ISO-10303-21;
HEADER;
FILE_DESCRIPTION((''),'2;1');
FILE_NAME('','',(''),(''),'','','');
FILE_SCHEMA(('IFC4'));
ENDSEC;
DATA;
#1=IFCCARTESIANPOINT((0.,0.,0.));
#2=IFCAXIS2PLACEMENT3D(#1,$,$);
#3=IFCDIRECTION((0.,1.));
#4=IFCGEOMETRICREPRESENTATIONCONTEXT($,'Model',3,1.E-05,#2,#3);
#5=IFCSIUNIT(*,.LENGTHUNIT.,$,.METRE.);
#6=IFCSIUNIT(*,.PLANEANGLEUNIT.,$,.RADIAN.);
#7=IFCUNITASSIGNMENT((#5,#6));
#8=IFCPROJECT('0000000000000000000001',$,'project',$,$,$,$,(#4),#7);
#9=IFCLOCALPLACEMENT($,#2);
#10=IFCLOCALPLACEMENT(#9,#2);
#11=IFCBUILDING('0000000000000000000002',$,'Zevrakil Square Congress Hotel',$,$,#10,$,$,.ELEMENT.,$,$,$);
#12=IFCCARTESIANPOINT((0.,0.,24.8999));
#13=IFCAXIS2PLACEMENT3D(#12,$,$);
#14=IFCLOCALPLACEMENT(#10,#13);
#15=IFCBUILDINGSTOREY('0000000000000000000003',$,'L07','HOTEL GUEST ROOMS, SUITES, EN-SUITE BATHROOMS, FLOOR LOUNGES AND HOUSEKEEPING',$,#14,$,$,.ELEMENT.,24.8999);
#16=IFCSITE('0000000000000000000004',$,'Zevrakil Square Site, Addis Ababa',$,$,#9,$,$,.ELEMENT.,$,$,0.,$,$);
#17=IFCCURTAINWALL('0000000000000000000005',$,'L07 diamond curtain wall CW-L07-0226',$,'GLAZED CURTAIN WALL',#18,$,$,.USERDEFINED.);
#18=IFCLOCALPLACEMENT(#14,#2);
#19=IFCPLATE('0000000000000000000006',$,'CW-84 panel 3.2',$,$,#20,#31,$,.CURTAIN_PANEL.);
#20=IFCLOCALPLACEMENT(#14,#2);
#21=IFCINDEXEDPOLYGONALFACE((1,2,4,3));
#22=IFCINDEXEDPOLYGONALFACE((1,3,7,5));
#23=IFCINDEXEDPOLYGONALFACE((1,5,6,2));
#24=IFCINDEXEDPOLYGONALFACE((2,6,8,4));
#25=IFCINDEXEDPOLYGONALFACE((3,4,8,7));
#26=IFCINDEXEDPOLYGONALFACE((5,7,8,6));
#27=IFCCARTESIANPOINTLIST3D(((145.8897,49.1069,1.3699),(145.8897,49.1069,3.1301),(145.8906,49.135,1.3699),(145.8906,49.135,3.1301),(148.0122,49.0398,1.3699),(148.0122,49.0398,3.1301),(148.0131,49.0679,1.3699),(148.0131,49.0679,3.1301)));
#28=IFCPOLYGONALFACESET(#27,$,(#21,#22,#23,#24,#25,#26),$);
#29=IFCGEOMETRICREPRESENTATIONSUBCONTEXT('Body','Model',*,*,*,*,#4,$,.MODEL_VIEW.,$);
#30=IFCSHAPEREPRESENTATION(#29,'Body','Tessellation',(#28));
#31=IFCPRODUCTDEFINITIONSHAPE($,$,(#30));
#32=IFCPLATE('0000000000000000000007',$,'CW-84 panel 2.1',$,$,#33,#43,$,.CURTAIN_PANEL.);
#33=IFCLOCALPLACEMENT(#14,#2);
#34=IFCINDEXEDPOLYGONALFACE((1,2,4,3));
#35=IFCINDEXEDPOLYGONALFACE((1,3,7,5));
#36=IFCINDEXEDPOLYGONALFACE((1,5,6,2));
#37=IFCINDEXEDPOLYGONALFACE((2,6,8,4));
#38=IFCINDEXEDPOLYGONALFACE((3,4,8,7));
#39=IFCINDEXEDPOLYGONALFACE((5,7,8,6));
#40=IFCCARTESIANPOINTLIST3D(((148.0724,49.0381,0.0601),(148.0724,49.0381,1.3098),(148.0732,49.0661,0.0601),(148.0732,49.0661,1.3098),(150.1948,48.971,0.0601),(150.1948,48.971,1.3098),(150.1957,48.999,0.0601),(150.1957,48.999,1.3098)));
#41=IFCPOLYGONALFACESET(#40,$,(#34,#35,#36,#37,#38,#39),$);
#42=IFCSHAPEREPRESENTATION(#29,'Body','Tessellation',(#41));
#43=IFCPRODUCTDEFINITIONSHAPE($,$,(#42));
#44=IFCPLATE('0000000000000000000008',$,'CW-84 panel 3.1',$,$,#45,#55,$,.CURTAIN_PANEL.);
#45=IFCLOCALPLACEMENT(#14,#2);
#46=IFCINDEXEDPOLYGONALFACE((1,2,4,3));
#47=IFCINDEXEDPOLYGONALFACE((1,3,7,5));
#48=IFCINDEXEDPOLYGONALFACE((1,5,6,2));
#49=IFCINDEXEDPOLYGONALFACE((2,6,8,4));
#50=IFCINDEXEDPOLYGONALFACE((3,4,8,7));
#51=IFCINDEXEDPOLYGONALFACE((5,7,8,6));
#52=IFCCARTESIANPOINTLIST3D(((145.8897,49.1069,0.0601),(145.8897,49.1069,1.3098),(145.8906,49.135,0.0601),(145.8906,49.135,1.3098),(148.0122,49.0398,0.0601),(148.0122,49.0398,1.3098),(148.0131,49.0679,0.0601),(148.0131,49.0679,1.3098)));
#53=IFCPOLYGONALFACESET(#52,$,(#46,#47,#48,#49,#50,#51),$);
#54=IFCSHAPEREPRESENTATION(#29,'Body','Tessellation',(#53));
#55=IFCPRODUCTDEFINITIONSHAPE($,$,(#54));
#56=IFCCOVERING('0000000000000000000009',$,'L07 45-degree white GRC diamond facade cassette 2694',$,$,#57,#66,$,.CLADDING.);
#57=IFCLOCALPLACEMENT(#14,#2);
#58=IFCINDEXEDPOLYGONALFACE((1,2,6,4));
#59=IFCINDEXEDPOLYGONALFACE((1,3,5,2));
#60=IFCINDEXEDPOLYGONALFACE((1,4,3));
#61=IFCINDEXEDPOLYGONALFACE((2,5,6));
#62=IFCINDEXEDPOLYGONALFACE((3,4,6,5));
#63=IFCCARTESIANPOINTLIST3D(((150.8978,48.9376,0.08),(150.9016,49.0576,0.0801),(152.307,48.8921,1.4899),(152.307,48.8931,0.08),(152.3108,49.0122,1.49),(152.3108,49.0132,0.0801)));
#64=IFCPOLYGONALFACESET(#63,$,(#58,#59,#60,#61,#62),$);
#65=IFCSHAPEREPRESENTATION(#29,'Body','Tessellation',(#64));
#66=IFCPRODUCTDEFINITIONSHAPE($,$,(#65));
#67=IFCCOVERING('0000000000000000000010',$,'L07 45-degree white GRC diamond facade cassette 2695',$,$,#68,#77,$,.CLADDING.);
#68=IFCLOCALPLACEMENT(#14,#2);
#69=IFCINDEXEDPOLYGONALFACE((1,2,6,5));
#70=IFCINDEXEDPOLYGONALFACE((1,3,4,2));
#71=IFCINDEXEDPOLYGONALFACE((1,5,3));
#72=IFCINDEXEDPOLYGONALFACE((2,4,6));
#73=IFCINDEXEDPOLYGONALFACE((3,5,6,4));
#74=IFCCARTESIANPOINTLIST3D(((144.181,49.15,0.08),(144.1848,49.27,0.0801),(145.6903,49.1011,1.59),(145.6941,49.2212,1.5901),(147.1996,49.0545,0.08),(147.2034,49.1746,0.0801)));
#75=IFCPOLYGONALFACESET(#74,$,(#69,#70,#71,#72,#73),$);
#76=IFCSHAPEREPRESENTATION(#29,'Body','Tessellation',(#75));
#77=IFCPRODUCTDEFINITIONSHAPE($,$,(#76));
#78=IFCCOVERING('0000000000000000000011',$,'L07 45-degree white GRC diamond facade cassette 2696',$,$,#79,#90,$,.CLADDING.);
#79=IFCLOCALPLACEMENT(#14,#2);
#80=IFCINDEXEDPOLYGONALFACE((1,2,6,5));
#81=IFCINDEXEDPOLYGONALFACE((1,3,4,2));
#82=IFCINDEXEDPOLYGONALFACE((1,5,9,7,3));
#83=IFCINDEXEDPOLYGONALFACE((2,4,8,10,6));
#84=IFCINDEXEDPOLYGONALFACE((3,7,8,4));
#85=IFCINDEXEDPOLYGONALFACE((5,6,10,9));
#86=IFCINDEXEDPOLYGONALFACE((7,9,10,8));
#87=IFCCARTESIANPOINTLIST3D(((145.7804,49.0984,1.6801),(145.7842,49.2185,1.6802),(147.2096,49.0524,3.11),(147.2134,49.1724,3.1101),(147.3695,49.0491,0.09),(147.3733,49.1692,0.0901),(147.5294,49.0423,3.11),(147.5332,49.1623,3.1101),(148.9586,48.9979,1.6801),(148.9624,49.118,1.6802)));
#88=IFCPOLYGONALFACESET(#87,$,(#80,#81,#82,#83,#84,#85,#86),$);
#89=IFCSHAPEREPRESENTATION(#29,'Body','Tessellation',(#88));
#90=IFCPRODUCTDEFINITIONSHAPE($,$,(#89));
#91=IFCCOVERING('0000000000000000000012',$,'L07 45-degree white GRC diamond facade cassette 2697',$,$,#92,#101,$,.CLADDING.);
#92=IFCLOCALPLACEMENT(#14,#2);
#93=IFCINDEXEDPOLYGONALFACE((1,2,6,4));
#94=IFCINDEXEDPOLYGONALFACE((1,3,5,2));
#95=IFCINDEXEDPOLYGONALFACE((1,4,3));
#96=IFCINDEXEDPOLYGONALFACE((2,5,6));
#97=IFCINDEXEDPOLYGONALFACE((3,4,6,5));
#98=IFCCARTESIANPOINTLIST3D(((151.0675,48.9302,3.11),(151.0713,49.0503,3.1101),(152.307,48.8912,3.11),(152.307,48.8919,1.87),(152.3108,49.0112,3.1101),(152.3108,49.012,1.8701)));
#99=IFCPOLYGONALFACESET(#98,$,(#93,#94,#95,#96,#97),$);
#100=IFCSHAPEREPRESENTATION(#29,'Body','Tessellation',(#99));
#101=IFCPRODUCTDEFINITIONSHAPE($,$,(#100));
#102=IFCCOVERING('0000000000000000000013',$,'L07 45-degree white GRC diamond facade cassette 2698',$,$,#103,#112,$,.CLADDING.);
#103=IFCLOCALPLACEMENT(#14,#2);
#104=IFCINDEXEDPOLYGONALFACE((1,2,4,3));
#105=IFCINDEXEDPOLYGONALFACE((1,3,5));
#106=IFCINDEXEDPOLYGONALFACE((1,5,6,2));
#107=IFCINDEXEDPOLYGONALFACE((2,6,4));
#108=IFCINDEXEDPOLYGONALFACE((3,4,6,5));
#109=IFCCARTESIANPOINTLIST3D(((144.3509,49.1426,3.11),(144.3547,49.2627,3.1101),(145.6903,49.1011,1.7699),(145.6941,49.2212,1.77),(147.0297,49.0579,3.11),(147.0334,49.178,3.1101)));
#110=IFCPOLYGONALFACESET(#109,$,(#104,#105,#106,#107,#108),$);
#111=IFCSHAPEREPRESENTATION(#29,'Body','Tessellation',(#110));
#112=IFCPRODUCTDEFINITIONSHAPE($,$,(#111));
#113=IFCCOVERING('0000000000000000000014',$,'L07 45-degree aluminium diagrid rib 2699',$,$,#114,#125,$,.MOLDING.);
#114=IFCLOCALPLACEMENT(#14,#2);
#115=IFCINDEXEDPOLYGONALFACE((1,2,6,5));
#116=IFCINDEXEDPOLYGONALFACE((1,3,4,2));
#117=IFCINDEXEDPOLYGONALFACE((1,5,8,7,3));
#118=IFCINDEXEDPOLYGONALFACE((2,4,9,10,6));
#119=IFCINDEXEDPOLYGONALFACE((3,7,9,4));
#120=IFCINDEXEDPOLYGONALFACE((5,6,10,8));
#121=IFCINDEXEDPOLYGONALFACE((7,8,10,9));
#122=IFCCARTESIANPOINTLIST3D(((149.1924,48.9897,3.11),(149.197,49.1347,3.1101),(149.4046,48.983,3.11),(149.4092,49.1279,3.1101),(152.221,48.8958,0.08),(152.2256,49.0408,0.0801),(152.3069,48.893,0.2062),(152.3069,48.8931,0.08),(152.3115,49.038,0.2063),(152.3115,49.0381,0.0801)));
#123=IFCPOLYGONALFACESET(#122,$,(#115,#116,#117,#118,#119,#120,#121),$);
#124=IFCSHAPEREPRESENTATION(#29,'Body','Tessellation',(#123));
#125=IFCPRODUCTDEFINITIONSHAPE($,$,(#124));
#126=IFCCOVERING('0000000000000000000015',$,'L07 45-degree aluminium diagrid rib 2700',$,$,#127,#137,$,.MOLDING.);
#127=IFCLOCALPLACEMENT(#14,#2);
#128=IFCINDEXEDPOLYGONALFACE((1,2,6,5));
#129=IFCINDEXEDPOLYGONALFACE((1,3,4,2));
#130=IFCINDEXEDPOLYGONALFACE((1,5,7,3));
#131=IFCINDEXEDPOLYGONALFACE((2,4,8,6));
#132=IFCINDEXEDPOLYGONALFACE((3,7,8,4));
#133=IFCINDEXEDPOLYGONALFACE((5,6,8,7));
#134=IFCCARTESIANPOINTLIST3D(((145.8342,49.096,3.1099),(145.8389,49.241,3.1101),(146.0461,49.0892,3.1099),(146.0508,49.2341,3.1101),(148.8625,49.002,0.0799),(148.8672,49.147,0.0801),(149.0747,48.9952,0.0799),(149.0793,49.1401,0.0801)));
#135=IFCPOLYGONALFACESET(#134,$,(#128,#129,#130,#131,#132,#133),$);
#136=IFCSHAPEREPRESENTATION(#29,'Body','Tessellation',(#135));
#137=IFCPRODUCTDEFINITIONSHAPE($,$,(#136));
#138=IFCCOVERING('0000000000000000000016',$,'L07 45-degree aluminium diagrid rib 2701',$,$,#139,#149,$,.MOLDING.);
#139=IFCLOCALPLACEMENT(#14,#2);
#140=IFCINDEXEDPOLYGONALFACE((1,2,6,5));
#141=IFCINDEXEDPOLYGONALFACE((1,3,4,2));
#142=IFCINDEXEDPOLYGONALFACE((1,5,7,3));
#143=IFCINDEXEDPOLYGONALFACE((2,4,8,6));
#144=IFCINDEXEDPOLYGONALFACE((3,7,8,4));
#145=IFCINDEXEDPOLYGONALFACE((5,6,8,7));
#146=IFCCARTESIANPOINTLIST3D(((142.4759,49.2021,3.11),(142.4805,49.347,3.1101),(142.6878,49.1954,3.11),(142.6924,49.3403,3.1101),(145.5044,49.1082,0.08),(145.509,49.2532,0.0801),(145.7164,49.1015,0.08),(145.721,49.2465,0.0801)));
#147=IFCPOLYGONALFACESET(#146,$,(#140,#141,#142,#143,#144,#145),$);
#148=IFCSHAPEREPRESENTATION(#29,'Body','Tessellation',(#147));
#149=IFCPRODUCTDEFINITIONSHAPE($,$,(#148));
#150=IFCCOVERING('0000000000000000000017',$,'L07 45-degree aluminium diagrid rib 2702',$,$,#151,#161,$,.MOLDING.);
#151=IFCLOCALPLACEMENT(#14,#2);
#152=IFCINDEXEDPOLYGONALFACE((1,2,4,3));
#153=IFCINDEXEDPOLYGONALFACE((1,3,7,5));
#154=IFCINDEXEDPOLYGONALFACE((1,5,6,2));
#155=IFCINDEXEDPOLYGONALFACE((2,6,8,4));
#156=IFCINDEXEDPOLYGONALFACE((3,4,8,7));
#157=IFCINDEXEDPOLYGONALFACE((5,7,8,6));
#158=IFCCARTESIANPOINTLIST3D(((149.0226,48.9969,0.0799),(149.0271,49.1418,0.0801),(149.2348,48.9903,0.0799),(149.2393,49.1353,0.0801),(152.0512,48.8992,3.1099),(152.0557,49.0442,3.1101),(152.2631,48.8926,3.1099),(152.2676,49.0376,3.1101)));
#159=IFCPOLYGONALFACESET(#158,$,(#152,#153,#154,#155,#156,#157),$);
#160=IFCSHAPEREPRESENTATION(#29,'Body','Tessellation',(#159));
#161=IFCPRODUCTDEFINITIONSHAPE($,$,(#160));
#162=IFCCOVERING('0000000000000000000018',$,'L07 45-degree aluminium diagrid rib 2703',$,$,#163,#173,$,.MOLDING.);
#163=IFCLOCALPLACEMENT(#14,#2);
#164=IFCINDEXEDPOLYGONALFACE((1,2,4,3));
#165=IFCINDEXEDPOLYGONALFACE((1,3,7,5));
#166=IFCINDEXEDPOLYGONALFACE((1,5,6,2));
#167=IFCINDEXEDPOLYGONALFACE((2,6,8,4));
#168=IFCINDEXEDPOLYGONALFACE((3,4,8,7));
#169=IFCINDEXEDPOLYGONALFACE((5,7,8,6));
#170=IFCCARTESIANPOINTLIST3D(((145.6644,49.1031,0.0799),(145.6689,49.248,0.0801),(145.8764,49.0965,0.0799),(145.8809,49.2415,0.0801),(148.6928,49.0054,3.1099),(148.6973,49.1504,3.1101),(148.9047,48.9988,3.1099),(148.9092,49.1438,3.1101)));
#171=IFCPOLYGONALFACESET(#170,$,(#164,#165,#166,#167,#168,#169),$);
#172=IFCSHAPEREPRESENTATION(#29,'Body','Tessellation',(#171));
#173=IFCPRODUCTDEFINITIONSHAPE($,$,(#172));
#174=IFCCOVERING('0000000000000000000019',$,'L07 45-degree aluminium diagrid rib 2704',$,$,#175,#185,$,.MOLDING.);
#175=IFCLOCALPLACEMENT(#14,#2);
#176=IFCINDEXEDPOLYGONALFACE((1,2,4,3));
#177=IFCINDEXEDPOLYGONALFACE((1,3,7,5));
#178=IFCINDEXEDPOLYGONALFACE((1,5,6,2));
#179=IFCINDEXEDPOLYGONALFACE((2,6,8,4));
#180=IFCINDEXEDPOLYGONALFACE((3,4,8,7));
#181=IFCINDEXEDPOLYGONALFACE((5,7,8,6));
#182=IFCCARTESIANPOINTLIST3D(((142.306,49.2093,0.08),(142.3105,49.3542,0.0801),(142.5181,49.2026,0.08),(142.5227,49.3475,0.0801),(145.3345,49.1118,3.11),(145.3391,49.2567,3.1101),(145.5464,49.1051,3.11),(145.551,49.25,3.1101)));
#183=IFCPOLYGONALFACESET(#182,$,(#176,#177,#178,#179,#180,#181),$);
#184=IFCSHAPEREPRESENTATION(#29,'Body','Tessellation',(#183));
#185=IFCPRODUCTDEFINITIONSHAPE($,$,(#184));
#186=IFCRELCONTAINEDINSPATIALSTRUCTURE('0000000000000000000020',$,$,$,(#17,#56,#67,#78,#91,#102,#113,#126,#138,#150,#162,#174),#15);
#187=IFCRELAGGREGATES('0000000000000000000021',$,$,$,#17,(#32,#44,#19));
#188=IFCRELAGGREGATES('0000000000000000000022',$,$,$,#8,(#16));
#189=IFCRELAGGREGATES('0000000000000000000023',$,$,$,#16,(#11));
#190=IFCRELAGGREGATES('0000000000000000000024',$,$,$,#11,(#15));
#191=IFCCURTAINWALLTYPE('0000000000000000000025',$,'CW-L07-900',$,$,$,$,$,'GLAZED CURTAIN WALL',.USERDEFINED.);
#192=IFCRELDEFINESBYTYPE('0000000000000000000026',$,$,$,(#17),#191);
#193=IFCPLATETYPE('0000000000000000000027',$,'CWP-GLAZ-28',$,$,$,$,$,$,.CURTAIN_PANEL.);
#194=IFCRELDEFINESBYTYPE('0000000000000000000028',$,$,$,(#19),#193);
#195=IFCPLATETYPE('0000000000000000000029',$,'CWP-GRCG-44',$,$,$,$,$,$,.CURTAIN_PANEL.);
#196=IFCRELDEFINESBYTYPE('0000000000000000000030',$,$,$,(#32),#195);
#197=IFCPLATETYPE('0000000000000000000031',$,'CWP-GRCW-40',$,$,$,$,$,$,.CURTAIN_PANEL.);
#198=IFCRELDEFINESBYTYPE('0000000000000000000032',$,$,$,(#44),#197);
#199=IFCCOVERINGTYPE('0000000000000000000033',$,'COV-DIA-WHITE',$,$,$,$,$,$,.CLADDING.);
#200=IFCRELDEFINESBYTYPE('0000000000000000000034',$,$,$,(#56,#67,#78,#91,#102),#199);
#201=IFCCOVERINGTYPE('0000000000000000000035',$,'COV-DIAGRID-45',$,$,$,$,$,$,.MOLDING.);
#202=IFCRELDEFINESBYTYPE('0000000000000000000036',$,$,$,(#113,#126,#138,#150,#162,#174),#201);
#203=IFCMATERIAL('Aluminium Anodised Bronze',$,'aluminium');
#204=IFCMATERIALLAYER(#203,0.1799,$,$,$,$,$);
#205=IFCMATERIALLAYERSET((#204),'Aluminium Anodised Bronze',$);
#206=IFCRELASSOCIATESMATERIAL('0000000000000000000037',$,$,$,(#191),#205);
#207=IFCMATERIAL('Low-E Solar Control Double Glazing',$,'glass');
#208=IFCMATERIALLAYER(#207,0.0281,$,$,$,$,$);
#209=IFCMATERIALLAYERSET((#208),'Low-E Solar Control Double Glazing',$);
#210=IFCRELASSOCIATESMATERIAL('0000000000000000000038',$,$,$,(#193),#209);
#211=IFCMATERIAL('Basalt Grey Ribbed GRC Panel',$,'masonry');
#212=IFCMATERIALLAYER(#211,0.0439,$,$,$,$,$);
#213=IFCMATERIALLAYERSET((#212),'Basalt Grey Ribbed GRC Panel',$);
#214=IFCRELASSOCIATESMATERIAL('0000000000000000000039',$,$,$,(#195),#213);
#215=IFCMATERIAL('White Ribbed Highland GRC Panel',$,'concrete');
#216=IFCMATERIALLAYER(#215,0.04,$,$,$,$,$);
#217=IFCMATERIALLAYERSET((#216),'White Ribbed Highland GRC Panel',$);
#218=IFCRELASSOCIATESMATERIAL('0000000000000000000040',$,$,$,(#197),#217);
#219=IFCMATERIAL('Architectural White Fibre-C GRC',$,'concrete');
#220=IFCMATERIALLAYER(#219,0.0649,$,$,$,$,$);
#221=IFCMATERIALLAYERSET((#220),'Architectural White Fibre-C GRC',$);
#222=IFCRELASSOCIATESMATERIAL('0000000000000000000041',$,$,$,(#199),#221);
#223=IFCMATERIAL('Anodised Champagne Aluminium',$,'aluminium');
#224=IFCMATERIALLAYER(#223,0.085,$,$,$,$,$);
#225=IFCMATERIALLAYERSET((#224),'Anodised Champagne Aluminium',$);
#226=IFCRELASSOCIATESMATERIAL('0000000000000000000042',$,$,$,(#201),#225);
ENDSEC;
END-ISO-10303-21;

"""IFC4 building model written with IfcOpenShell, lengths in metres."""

from ifc_helpers import new_model, si_unit, direction, frame, origin, origin_2d, place, context, subcontext, project, spatial, polyline, rectangle, outline, extrude, material, layer, layer_set, type_object, element, aggregate, save


model = new_model("IFC4")

# Units and contexts
model_context = context("Model", 3, precision=1e-05, world=origin(), true_north=direction((0.0, 1.0)))
body_context = subcontext(model_context, "Body", "Model", "MODEL_VIEW")
ifc_project = project(units=[si_unit("LENGTHUNIT", "METRE"), si_unit("PLANEANGLEUNIT", "RADIAN")], contexts=[model_context])

# Site, building, storey
site_placement = place(None, origin())
site = spatial("IfcSite", under=ifc_project, at=site_placement, Name="Zevrakil Square Site, Addis Ababa", CompositionType="ELEMENT", RefElevation=0.0)
building_placement = place(site_placement, origin())
building = spatial("IfcBuilding", under=site, at=building_placement, Name="Zevrakil Square Congress Hotel", CompositionType="ELEMENT")
storey_placement = place(building_placement, frame((0.0, 0.0, 24.8999)))
storey = spatial("IfcBuildingStorey", under=building, at=storey_placement, Name="L07", Description="HOTEL GUEST ROOMS, SUITES, EN-SUITE BATHROOMS, FLOOR LOUNGES AND HOUSEKEEPING", CompositionType="ELEMENT", Elevation=24.8999)

# Curtain wall
ifc_material_1 = material(Name="Aluminium Anodised Bronze", Category="aluminium")
ifc_layer_1 = layer(ifc_material_1, 0.1799)
ifc_layer_set_1 = layer_set([ifc_layer_1], Name="Aluminium Anodised Bronze")
curtain_wall_type = type_object("IfcCurtainWallType", Name="CW-L07-900", ElementType="GLAZED CURTAIN WALL", PredefinedType="USERDEFINED", material=ifc_layer_set_1)
curtain_wall_placement = place(storey_placement, origin())
curtain_wall = element("IfcCurtainWall", 1, at=curtain_wall_placement, inside=storey, type_object=curtain_wall_type, Name="L07 diamond curtain wall CW-L07-0226", ObjectType="GLAZED CURTAIN WALL", PredefinedType="USERDEFINED")

# Plates
ifc_material_2 = material(Name="Low-E Solar Control Double Glazing", Category="glass")
ifc_layer_2 = layer(ifc_material_2, 0.0281)
ifc_layer_set_2 = layer_set([ifc_layer_2], Name="Low-E Solar Control Double Glazing")
plate_type_1 = type_object("IfcPlateType", Name="CWP-GLAZ-28", PredefinedType="CURTAIN_PANEL", material=ifc_layer_set_2)
plate_1_placement = place(storey_placement, frame((146.9514, 49.0874, 1.3699), z_axis=(0.0, 0.0, 1.0), x_axis=(-0.999501, 0.031598, 0.0)))
plate_1 = element("IfcPlate", 2, at=plate_1_placement, type_object=plate_type_1, Name="CW-84 panel 3.2", PredefinedType="CURTAIN_PANEL", context=body_context, shape_type="SweptSolid", body=[
    extrude(rectangle(XDim=2.1235, YDim=0.0281, at=origin_2d()), origin(), (0.0, 0.0, 1.0), 1.7603),
])
ifc_material_3 = material(Name="Basalt Grey Ribbed GRC Panel", Category="masonry")
ifc_layer_3 = layer(ifc_material_3, 0.0439)
ifc_layer_set_3 = layer_set([ifc_layer_3], Name="Basalt Grey Ribbed GRC Panel")
plate_type_2 = type_object("IfcPlateType", Name="CWP-GRCG-44", PredefinedType="CURTAIN_PANEL", material=ifc_layer_set_3)
plate_2_placement = place(storey_placement, frame((149.134, 49.0186, 0.0601), z_axis=(0.0, 0.0, 1.0), x_axis=(-0.999501, 0.031598, 0.0)))
plate_2 = element("IfcPlate", 3, at=plate_2_placement, type_object=plate_type_2, Name="CW-84 panel 2.1", PredefinedType="CURTAIN_PANEL", context=body_context, shape_type="SweptSolid", body=[
    extrude(rectangle(XDim=2.1235, YDim=0.0281, at=origin_2d()), origin(), (0.0, 0.0, 1.0), 1.2498),
])
ifc_material_4 = material(Name="White Ribbed Highland GRC Panel", Category="concrete")
ifc_layer_4 = layer(ifc_material_4, 0.04)
ifc_layer_set_4 = layer_set([ifc_layer_4], Name="White Ribbed Highland GRC Panel")
plate_type_3 = type_object("IfcPlateType", Name="CWP-GRCW-40", PredefinedType="CURTAIN_PANEL", material=ifc_layer_set_4)
plate_3_placement = place(storey_placement, frame((146.9514, 49.0874, 0.0601), z_axis=(0.0, 0.0, 1.0), x_axis=(-0.999501, 0.031598, 0.0)))
plate_3 = element("IfcPlate", 4, at=plate_3_placement, type_object=plate_type_3, Name="CW-84 panel 3.1", PredefinedType="CURTAIN_PANEL", context=body_context, shape_type="SweptSolid", body=[
    extrude(rectangle(XDim=2.1235, YDim=0.0281, at=origin_2d()), origin(), (0.0, 0.0, 1.0), 1.2498),
])
aggregate(curtain_wall, [plate_2, plate_3, plate_1])

# Coverings
ifc_material_5 = material(Name="Architectural White Fibre-C GRC", Category="concrete")
ifc_layer_5 = layer(ifc_material_5, 0.0649)
ifc_layer_set_5 = layer_set([ifc_layer_5], Name="Architectural White Fibre-C GRC")
covering_type_1 = type_object("IfcCoveringType", Name="COV-DIA-WHITE", PredefinedType="CLADDING", material=ifc_layer_set_5)
covering_1_placement = place(storey_placement, frame((150.9016, 49.0576, 0.0801), z_axis=(0.031516, 0.999503, 0.000692), x_axis=(0.999503, -0.031516, 0.0)))
element("IfcCovering", 5, at=covering_1_placement, inside=storey, type_object=covering_type_1, Name="L07 45-degree white GRC diamond facade cassette 2694", PredefinedType="CLADDING", context=body_context, shape_type="SweptSolid", body=[
    extrude(outline(polyline([(0.0, 0.0), (1.4099, 0.0), (1.4099, -1.4099), (0.0, 0.0)])), origin(), (0.0, 0.0, -1.0), 0.1201),
])
covering_2_placement = place(storey_placement, frame((145.6941, 49.2212, 1.5901), z_axis=(0.031608, 0.9995, 0.000727), x_axis=(-0.70675, 0.022865, -0.707093)))
element("IfcCovering", 6, at=covering_2_placement, inside=storey, type_object=covering_type_1, Name="L07 45-degree white GRC diamond facade cassette 2695", PredefinedType="CLADDING", context=body_context, shape_type="SweptSolid", body=[
    extrude(outline(polyline([(0.0, 0.0), (2.1355, 0.0), (0.0, -2.1355), (0.0, 0.0)])), origin(), (0.0, 0.0, -1.0), 0.1201),
])
covering_3_placement = place(storey_placement, frame((145.7842, 49.2185, 1.6802), z_axis=(0.031617, 0.9995, 0.000606), x_axis=(0.70672, -0.021927, -0.707154)))
element("IfcCovering", 7, at=covering_3_placement, inside=storey, type_object=covering_type_1, Name="L07 45-degree white GRC diamond facade cassette 2696", PredefinedType="CLADDING", context=body_context, shape_type="SweptSolid", body=[
    extrude(outline(polyline([(0.0, 0.0), (2.2486, 0.0), (2.2483, -2.2486), (0.2261, -2.2485), (-0.0001, -2.0222), (0.0, 0.0)])), origin(), (0.0, 0.0, -1.0), 0.1201),
])
covering_4_placement = place(storey_placement, frame((152.3108, 49.012, 1.8701), z_axis=(0.031499, 0.999504, 0.00059), x_axis=(0.0, -0.000591, 1.0)))
element("IfcCovering", 8, at=covering_4_placement, inside=storey, type_object=covering_type_1, Name="L07 45-degree white GRC diamond facade cassette 2697", PredefinedType="CLADDING", context=body_context, shape_type="SweptSolid", body=[
    extrude(outline(polyline([(0.0, 0.0), (1.24, 0.0), (1.24, -1.2401), (0.0, 0.0)])), origin(), (0.0, 0.0, -1.0), 0.1201),
])
covering_5_placement = place(storey_placement, frame((145.6941, 49.2212, 1.77), z_axis=(0.03161, 0.9995, 0.000637), x_axis=(0.70673, -0.022802, 0.707116)))
element("IfcCovering", 9, at=covering_5_placement, inside=storey, type_object=covering_type_1, Name="L07 45-degree white GRC diamond facade cassette 2698", PredefinedType="CLADDING", context=body_context, shape_type="SweptSolid", body=[
    extrude(outline(polyline([(0.0, 0.0), (1.8951, 0.0), (0.0001, -1.8951), (0.0, 0.0)])), origin(), (0.0, 0.0, -1.0), 0.1201),
])
ifc_material_6 = material(Name="Anodised Champagne Aluminium", Category="aluminium")
ifc_layer_6 = layer(ifc_material_6, 0.085)
ifc_layer_set_6 = layer_set([ifc_layer_6], Name="Anodised Champagne Aluminium")
covering_type_2 = type_object("IfcCoveringType", Name="COV-DIAGRID-45", PredefinedType="MOLDING", material=ifc_layer_set_6)
covering_6_placement = place(storey_placement, frame((152.2256, 49.0408, 0.0801), z_axis=(0.031641, 0.999499, 0.000657), x_axis=(0.999499, -0.031641, 0.0)))
element("IfcCovering", 10, at=covering_6_placement, inside=storey, type_object=covering_type_2, Name="L07 45-degree aluminium diagrid rib 2699", PredefinedType="MOLDING", context=body_context, shape_type="SweptSolid", body=[
    extrude(outline(polyline([(0.0, 0.0), (0.086, 0.0), (0.086, -0.1262), (-2.8178, -3.03), (-3.03, -3.03), (0.0, 0.0)])), origin(), (0.0, 0.0, -1.0), 0.145),
])
covering_7_placement = place(storey_placement, frame((148.8672, 49.147, 0.0801), z_axis=(0.032223, 0.99948, 0.001201), x_axis=(0.999481, -0.032223, 0.0)))
element("IfcCovering", 11, at=covering_7_placement, inside=storey, type_object=covering_type_2, Name="L07 45-degree aluminium diagrid rib 2700", PredefinedType="MOLDING", context=body_context, shape_type="SweptSolid", body=[
    extrude(outline(polyline([(0.0, 0.0), (0.2123, 0.0), (-2.8178, -3.03), (-3.0298, -3.03), (0.0, 0.0)])), origin(), (0.0, 0.0, -1.0), 0.145),
])
covering_8_placement = place(storey_placement, frame((145.509, 49.2532, 0.0801), z_axis=(0.031666, 0.999498, 0.000686), x_axis=(0.999499, -0.031666, 0.0)))
element("IfcCovering", 12, at=covering_8_placement, inside=storey, type_object=covering_type_2, Name="L07 45-degree aluminium diagrid rib 2701", PredefinedType="MOLDING", context=body_context, shape_type="SweptSolid", body=[
    extrude(outline(polyline([(0.0, 0.0), (0.212, 0.0), (-2.818, -3.03), (-3.03, -3.03), (0.0, 0.0)])), origin(), (0.0, 0.0, -1.0), 0.145),
])
covering_9_placement = place(storey_placement, frame((152.2676, 49.0376, 3.1101), z_axis=(0.031073, 0.999516, 0.001157), x_axis=(-0.999517, 0.031073, 0.0)))
element("IfcCovering", 13, at=covering_9_placement, inside=storey, type_object=covering_type_2, Name="L07 45-degree aluminium diagrid rib 2702", PredefinedType="MOLDING", context=body_context, shape_type="SweptSolid", body=[
    extrude(outline(polyline([(0.0, 0.0), (0.212, 0.0), (3.2422, -3.03), (3.0299, -3.03), (0.0, 0.0)])), origin(), (0.0, 0.0, -1.0), 0.145),
])
covering_10_placement = place(storey_placement, frame((148.9092, 49.1438, 3.1101), z_axis=(0.031091, 0.999516, 0.00114), x_axis=(-0.999517, 0.031091, 0.0)))
element("IfcCovering", 14, at=covering_10_placement, inside=storey, type_object=covering_type_2, Name="L07 45-degree aluminium diagrid rib 2703", PredefinedType="MOLDING", context=body_context, shape_type="SweptSolid", body=[
    extrude(outline(polyline([(0.0, 0.0), (0.212, 0.0), (3.2419, -3.03), (3.0299, -3.03), (0.0, 0.0)])), origin(), (0.0, 0.0, -1.0), 0.145),
])
covering_11_placement = place(storey_placement, frame((145.551, 49.25, 3.1101), z_axis=(0.031648, 0.999499, 0.000542), x_axis=(-0.999499, 0.031648, 0.0)))
element("IfcCovering", 15, at=covering_11_placement, inside=storey, type_object=covering_type_2, Name="L07 45-degree aluminium diagrid rib 2704", PredefinedType="MOLDING", context=body_context, shape_type="SweptSolid", body=[
    extrude(outline(polyline([(0.0, 0.0), (0.212, 0.0), (3.2422, -3.03), (3.0299, -3.03), (0.0, 0.0)])), origin(), (0.0, 0.0, -1.0), 0.145),
])

save(model, "model.ifc")
